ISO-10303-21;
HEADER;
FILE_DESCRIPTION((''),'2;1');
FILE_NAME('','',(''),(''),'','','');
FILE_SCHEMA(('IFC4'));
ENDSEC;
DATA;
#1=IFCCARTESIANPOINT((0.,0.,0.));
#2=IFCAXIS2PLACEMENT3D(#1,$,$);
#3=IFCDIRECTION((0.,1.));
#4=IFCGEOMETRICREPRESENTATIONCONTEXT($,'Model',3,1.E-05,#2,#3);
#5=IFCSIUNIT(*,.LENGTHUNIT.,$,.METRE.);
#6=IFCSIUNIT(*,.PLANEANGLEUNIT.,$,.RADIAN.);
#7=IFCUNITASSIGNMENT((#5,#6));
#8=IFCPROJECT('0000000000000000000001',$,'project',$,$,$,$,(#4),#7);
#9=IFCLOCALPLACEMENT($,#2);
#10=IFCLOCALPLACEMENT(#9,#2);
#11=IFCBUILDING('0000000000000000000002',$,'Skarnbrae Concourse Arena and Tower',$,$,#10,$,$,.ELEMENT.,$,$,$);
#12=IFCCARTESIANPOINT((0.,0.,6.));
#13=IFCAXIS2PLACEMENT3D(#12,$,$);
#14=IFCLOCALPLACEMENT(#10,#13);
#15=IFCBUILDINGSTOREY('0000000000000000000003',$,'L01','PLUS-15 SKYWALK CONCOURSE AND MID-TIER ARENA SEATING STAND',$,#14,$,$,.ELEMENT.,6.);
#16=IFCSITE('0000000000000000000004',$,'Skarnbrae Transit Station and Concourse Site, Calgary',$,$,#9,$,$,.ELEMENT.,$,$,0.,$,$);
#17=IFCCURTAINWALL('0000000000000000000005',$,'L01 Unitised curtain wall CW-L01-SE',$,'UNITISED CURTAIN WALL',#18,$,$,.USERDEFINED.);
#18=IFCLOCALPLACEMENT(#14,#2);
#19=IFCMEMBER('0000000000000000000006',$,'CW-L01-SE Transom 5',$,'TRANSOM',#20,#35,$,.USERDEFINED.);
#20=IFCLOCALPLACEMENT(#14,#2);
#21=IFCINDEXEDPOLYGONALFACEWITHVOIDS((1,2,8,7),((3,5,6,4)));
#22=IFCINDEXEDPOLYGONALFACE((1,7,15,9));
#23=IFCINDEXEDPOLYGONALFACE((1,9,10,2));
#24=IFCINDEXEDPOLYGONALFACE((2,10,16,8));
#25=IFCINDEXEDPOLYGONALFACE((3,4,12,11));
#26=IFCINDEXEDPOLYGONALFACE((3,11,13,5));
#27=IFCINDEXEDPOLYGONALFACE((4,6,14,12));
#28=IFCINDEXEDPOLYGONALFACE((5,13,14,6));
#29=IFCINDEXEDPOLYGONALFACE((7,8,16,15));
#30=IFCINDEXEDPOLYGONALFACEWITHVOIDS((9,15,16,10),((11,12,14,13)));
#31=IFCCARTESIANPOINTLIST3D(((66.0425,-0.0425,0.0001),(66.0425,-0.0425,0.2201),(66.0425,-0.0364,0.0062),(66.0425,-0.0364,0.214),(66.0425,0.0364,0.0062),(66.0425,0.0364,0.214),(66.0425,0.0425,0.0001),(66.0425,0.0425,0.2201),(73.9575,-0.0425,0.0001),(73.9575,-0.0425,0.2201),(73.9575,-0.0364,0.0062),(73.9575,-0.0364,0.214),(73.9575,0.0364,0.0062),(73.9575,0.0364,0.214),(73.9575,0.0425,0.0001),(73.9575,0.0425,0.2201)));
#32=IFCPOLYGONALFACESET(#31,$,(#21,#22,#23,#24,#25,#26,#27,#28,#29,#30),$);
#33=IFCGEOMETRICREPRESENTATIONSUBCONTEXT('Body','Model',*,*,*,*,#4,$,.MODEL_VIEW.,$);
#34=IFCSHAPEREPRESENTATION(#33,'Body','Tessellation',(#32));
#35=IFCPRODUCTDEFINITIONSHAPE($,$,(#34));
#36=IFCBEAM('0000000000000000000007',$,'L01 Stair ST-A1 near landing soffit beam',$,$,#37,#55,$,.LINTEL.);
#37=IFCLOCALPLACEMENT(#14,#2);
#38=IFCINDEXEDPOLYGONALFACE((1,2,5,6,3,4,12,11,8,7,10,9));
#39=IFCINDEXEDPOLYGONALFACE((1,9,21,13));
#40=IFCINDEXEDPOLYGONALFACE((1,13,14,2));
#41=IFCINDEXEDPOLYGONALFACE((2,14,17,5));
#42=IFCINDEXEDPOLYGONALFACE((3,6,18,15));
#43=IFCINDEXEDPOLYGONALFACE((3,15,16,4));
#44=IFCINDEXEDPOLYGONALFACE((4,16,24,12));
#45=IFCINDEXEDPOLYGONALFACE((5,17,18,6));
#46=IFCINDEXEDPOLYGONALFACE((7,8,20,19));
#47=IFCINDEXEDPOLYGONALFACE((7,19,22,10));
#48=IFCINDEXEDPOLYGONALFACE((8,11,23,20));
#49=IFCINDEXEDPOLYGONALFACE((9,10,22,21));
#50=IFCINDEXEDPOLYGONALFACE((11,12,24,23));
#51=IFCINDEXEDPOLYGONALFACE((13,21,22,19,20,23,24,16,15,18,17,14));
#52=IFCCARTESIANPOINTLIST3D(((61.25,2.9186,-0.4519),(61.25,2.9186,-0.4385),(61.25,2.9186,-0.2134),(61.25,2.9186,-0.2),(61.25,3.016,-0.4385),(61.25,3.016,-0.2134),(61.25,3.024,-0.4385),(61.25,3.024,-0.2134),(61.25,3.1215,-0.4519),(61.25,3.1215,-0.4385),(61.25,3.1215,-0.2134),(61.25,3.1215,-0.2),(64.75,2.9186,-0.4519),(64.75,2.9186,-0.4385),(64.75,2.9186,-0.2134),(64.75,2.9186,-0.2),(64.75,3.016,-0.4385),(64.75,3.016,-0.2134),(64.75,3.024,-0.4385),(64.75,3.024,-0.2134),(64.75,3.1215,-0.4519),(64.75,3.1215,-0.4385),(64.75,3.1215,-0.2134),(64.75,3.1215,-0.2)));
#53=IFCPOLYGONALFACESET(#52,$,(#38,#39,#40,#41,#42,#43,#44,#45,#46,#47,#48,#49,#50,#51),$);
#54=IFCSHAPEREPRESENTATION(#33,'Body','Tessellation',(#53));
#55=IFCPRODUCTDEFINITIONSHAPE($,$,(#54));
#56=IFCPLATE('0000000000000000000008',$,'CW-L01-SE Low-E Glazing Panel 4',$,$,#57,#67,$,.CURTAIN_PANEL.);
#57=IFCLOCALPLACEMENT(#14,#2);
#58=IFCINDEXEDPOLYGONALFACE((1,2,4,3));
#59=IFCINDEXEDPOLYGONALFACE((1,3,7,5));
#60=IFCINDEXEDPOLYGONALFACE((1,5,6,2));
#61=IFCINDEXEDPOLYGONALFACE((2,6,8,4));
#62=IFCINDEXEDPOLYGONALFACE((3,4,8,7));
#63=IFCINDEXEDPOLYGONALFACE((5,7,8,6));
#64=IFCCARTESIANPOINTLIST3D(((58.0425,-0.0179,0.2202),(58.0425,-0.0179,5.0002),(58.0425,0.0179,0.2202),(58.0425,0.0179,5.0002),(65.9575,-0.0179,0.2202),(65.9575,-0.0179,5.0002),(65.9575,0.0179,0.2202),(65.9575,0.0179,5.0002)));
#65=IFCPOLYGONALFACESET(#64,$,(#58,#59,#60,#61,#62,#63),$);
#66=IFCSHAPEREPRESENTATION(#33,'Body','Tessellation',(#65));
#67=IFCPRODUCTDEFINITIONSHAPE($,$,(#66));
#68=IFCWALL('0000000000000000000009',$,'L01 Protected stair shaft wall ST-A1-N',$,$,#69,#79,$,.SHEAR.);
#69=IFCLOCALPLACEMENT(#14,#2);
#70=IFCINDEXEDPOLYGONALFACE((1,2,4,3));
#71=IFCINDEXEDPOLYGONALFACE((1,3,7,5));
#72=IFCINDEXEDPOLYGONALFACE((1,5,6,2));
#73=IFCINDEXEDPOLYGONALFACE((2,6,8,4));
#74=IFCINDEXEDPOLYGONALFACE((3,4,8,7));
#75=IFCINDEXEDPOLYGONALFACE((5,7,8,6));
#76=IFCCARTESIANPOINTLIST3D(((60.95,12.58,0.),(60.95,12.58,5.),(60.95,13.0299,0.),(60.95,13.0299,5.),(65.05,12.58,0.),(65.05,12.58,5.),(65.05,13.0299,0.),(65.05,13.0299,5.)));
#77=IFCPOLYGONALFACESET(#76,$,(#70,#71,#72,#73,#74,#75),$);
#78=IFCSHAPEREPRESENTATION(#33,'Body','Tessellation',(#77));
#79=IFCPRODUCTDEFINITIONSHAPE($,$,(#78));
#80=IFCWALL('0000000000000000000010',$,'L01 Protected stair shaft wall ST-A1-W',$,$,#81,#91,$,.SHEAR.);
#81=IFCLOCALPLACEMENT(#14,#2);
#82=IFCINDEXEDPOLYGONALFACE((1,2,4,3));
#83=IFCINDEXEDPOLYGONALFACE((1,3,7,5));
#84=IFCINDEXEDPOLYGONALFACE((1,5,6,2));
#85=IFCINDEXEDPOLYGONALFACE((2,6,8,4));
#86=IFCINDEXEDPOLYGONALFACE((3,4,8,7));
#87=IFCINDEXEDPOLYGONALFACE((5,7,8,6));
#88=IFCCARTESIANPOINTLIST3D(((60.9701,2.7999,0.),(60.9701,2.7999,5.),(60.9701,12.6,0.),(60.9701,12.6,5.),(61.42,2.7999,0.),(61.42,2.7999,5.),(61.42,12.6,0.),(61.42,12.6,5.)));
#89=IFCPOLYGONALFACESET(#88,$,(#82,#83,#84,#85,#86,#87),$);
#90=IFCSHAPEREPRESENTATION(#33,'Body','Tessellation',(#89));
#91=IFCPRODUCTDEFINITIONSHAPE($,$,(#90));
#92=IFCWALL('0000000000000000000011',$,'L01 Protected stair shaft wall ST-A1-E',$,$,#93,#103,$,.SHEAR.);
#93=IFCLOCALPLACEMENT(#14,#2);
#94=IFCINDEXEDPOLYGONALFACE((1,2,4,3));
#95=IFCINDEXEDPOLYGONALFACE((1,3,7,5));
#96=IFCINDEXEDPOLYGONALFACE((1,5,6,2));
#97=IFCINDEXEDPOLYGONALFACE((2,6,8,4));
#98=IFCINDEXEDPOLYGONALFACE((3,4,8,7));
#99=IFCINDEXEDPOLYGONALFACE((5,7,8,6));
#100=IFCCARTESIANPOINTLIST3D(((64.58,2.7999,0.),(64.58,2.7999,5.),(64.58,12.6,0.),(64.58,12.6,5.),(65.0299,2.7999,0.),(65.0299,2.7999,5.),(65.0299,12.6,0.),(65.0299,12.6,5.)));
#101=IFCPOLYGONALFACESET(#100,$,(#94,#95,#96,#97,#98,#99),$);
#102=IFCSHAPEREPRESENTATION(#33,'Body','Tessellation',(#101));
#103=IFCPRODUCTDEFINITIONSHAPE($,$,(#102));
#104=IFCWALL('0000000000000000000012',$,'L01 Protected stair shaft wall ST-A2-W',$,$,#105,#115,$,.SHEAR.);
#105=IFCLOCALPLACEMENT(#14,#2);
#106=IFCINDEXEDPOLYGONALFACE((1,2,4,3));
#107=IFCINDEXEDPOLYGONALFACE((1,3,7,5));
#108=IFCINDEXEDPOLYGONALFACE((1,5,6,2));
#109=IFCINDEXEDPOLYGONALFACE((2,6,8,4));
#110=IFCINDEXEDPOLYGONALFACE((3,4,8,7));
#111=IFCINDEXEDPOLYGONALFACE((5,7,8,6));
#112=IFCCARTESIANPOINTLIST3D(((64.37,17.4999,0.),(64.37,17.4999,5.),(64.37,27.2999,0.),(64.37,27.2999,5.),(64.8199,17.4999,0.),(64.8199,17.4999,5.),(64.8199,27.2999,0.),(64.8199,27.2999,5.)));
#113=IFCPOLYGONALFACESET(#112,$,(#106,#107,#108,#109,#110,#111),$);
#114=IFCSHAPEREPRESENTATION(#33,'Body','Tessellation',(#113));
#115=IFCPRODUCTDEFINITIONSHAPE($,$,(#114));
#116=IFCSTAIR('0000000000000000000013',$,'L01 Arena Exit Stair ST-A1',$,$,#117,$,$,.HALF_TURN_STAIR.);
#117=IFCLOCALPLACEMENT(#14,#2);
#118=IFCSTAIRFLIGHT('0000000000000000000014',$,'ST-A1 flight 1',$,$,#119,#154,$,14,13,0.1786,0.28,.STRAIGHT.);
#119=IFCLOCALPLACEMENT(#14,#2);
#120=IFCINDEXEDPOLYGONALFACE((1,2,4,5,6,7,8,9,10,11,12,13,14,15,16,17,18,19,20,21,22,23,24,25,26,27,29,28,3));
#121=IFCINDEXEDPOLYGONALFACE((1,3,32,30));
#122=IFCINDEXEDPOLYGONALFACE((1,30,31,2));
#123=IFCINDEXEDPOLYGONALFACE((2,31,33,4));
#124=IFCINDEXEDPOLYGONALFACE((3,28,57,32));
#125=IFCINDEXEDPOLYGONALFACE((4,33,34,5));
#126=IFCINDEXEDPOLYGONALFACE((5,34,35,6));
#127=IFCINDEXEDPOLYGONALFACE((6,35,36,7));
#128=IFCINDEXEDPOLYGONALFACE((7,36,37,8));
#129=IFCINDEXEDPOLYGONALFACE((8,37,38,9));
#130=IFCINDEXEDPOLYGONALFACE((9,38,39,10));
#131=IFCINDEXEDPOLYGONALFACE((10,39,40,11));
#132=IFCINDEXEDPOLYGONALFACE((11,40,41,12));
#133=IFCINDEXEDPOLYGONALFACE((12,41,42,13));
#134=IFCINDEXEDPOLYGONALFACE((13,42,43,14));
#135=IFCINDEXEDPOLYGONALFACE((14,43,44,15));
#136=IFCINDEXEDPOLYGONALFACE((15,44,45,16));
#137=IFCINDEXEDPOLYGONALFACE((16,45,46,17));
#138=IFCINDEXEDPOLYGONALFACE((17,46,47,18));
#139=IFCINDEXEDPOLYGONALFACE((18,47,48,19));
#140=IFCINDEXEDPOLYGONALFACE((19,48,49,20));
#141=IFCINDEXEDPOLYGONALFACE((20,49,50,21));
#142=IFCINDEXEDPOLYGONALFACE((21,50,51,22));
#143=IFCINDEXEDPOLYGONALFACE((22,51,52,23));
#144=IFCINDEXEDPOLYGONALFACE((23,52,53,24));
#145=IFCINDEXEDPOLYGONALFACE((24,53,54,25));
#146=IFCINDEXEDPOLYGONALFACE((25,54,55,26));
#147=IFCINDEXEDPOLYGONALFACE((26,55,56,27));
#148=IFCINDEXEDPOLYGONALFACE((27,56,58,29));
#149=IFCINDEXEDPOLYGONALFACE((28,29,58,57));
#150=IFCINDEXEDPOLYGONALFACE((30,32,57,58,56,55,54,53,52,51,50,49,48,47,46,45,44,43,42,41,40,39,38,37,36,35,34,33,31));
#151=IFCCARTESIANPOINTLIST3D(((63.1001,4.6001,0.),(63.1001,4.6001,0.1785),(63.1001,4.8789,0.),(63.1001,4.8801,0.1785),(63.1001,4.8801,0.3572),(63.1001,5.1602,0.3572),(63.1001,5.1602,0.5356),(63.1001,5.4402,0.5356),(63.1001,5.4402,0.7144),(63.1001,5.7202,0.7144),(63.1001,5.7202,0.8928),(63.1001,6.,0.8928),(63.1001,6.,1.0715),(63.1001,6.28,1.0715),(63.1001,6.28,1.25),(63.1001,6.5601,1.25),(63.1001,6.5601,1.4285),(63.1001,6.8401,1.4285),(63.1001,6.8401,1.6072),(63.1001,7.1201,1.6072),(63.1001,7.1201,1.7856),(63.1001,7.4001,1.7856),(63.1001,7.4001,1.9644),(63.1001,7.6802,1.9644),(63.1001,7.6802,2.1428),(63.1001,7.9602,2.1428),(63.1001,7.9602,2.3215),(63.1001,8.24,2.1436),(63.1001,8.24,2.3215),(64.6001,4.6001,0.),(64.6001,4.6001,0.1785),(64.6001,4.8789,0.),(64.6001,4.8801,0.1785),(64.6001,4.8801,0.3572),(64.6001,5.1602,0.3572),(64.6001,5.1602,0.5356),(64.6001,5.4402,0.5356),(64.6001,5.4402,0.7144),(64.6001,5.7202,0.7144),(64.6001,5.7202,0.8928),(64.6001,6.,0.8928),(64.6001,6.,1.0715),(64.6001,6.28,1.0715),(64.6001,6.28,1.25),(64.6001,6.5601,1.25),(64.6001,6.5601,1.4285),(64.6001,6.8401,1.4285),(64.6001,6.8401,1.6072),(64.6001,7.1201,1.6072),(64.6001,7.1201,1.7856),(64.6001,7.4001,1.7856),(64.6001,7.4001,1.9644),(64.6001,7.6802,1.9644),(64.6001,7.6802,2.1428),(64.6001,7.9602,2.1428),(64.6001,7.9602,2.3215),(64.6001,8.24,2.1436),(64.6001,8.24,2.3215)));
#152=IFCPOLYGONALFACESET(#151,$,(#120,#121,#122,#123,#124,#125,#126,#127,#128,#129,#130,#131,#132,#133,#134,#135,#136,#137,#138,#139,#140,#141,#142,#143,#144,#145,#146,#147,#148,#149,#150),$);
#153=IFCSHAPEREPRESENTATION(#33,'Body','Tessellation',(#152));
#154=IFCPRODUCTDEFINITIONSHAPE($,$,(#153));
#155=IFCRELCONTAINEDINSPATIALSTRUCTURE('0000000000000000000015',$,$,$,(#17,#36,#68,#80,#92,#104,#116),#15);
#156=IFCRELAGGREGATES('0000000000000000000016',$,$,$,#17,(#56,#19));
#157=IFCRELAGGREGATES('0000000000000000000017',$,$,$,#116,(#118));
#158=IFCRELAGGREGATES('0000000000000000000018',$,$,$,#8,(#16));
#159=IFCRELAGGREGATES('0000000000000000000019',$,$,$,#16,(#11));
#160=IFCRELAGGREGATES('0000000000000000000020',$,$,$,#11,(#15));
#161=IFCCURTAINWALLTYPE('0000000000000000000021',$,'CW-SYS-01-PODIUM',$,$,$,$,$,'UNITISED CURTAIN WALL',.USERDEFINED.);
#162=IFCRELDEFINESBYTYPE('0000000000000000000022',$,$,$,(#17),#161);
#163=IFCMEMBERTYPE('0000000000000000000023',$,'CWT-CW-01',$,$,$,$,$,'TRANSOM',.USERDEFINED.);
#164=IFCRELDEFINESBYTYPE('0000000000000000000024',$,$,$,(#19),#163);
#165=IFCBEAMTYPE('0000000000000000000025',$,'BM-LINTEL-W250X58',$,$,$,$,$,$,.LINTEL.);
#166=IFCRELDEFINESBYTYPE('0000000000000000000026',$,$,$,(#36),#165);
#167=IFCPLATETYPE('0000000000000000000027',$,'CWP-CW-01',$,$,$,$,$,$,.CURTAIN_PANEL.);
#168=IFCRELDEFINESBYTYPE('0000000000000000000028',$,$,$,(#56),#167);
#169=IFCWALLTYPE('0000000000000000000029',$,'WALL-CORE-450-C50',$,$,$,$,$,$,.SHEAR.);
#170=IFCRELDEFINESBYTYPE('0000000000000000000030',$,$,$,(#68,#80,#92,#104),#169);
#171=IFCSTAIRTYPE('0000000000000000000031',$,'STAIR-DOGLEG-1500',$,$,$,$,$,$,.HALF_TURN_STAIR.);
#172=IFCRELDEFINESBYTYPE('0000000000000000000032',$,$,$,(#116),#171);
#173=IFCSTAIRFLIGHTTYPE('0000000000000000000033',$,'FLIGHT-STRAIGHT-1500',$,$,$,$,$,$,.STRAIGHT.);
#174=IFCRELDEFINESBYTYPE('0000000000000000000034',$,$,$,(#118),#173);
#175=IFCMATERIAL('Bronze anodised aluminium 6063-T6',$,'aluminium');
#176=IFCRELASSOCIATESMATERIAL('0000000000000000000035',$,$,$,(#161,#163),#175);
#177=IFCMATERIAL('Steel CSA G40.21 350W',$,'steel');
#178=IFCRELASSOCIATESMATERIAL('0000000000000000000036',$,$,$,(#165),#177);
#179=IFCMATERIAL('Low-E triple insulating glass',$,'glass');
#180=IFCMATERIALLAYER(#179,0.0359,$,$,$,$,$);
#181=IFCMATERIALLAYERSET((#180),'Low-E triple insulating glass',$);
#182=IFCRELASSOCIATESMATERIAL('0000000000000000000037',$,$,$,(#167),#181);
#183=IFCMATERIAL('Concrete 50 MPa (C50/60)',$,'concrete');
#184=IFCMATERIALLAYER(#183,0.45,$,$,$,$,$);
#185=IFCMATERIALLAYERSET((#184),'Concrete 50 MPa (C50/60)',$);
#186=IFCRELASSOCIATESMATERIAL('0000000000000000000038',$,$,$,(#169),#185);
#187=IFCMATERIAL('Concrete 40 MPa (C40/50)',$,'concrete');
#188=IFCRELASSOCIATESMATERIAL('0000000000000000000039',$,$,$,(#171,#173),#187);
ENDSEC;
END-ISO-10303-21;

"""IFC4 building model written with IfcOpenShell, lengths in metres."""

from ifc_helpers import new_model, si_unit, direction, frame, frame_2d, origin, origin_2d, place, context, subcontext, project, spatial, polyline, rectangle, hollow_rectangle, i_section, outline, extrude, source, transform, mapped, material, layer, layer_set, material_profile, profile_set, type_object, element, aggregate, save


model = new_model("IFC4")

# Units and contexts
model_context = context("Model", 3, precision=1e-05, world=origin(), true_north=direction((0.0, 1.0)))
body_context = subcontext(model_context, "Body", "Model", "MODEL_VIEW")
ifc_project = project(units=[si_unit("LENGTHUNIT", "METRE"), si_unit("PLANEANGLEUNIT", "RADIAN")], contexts=[model_context])

# Site, building, storey
site_placement = place(None, origin())
site = spatial("IfcSite", under=ifc_project, at=site_placement, Name="Skarnbrae Transit Station and Concourse Site, Calgary", CompositionType="ELEMENT", RefElevation=0.0)
building_placement = place(site_placement, origin())
building = spatial("IfcBuilding", under=site, at=building_placement, Name="Skarnbrae Concourse Arena and Tower", CompositionType="ELEMENT")
storey_placement = place(building_placement, frame((0.0, 0.0, 6.0)))
storey = spatial("IfcBuildingStorey", under=building, at=storey_placement, Name="L01", Description="PLUS-15 SKYWALK CONCOURSE AND MID-TIER ARENA SEATING STAND", CompositionType="ELEMENT", Elevation=6.0)

# Shared definitions
ifc_material_1 = material(Name="Steel CSA G40.21 350W", Category="steel")

# Curtain wall, member
ifc_material_2 = material(Name="Bronze anodised aluminium 6063-T6", Category="aluminium")
curtain_wall_type = type_object("IfcCurtainWallType", Name="CW-SYS-01-PODIUM", ElementType="UNITISED CURTAIN WALL", PredefinedType="USERDEFINED", material=ifc_material_2)
curtain_wall_placement = place(storey_placement, origin())
curtain_wall = element("IfcCurtainWall", 1, at=curtain_wall_placement, inside=storey, type_object=curtain_wall_type, Name="L01 Unitised curtain wall CW-L01-SE", ObjectType="UNITISED CURTAIN WALL", PredefinedType="USERDEFINED")
ifc_material_profile_1 = material_profile(ifc_material_2, hollow_rectangle(XDim=0.085, YDim=0.22, WallThickness=0.0061, at=origin_2d()), Name="ALU-TRAN-85X220")
ifc_profile_set_1 = profile_set([ifc_material_profile_1], Name="Bronze anodised aluminium 6063-T6")
member_type_1 = type_object("IfcMemberType", Name="CWT-CW-01", ElementType="TRANSOM", PredefinedType="USERDEFINED", material=ifc_profile_set_1)
shared_shape_1 = source(origin(), body_context, "Body", "SweptSolid", [
    extrude(hollow_rectangle(XDim=0.085, YDim=0.22, WallThickness=0.0061, at=origin_2d()), origin(), (0.0, 0.0, 1.0), 7.915),
])
member_1_placement = place(storey_placement, frame((66.0425, 0.0, 0.1101), z_axis=(1.0, 0.0, 0.0), x_axis=(0.0, 1.0, 0.0)))
member_1 = element("IfcMember", 2, at=member_1_placement, type_object=member_type_1, Name="CW-L01-SE Transom 5", ObjectType="TRANSOM", PredefinedType="USERDEFINED", context=body_context, shape_type="MappedRepresentation", body=[
    mapped(shared_shape_1, transform((0.0, 0.0, 0.0))),
])

# Beam
ifc_material_profile_2 = material_profile(ifc_material_1, i_section(OverallWidth=0.2029, OverallDepth=0.252, WebThickness=0.0081, FlangeThickness=0.0134, at=origin_2d()), Name="W250X58")
ifc_profile_set_2 = profile_set([ifc_material_profile_2], Name="Steel CSA G40.21 350W")
beam_type_1 = type_object("IfcBeamType", Name="BM-LINTEL-W250X58", PredefinedType="LINTEL", material=ifc_profile_set_2)
shared_shape_2 = source(origin(), body_context, "Body", "SweptSolid", [
    extrude(i_section(OverallWidth=0.2029, OverallDepth=0.252, WebThickness=0.0081, FlangeThickness=0.0134, at=origin_2d()), origin(), (0.0, 0.0, 1.0), 3.5),
])
beam_1_placement = place(storey_placement, frame((64.75, 3.02, -0.3259), z_axis=(-1.0, 0.0, 0.0), x_axis=(0.0, -1.0, 0.0)))
element("IfcBeam", 3, at=beam_1_placement, inside=storey, type_object=beam_type_1, Name="L01 Stair ST-A1 near landing soffit beam", PredefinedType="LINTEL", context=body_context, shape_type="MappedRepresentation", body=[
    mapped(shared_shape_2, transform((0.0, 0.0, 0.0))),
])

# Plate
ifc_material_3 = material(Name="Low-E triple insulating glass", Category="glass")
ifc_layer_1 = layer(ifc_material_3, 0.0359)
ifc_layer_set_1 = layer_set([ifc_layer_1], Name="Low-E triple insulating glass")
plate_type = type_object("IfcPlateType", Name="CWP-CW-01", PredefinedType="CURTAIN_PANEL", material=ifc_layer_set_1)
shared_shape_3 = source(origin(), body_context, "Body", "SweptSolid", [
    extrude(rectangle(XDim=7.915, YDim=0.0359, at=origin_2d()), origin(), (0.0, 0.0, 1.0), 4.78),
])
plate_placement = place(storey_placement, frame((62.0, 0.0, 0.2202), z_axis=(0.0, 0.0, 1.0), x_axis=(1.0, 0.0, 0.0)))
plate = element("IfcPlate", 4, at=plate_placement, type_object=plate_type, Name="CW-L01-SE Low-E Glazing Panel 4", PredefinedType="CURTAIN_PANEL", context=body_context, shape_type="MappedRepresentation", body=[
    mapped(shared_shape_3, transform((0.0, 0.0, 0.0))),
])
aggregate(curtain_wall, [plate, member_1])

# Shared definitions
ifc_material_4 = material(Name="Concrete 50 MPa (C50/60)", Category="concrete")
ifc_layer_2 = layer(ifc_material_4, 0.45)
ifc_layer_set_2 = layer_set([ifc_layer_2], Name="Concrete 50 MPa (C50/60)")
wall_type = type_object("IfcWallType", Name="WALL-CORE-450-C50", PredefinedType="SHEAR", material=ifc_layer_set_2)
shared_shape_4 = source(origin(), body_context, "Body", "SweptSolid", [
    extrude(rectangle(XDim=4.1001, YDim=0.45, at=frame_2d((2.05, 0.0))), origin(), (0.0, 0.0, 1.0), 5.0),
])

# Walls
wall_1_placement = place(storey_placement, frame((60.95, 12.8049, 0.0), z_axis=(0.0, 0.0, 1.0), x_axis=(1.0, 0.0, 0.0)))
element("IfcWall", 5, at=wall_1_placement, inside=storey, type_object=wall_type, Name="L01 Protected stair shaft wall ST-A1-N", PredefinedType="SHEAR", context=body_context, shape_type="MappedRepresentation", body=[
    mapped(shared_shape_4, transform((0.0, 0.0, 0.0))),
])
shared_shape_5 = source(origin(), body_context, "Body", "SweptSolid", [
    extrude(rectangle(XDim=9.8, YDim=0.45, at=frame_2d((4.8999, 0.0))), origin(), (0.0, 0.0, 1.0), 5.0),
])
for number, where, z_axis, x_axis, name in (
    (6, (61.1951, 2.8, 0.0), (0.0, 0.0, 1.0), (0.0, 1.0, 0.0), "L01 Protected stair shaft wall ST-A1-W"),
    (7, (64.8049, 2.8, 0.0), (0.0, 0.0, 1.0), (0.0, 1.0, 0.0), "L01 Protected stair shaft wall ST-A1-E"),
    (8, (64.595, 17.5, 0.0), (0.0, 0.0, 1.0), (0.0, 1.0, 0.0), "L01 Protected stair shaft wall ST-A2-W"),
):
    element("IfcWall", number, at=place(storey_placement, frame(where, z_axis=z_axis, x_axis=x_axis)), inside=storey, type_object=wall_type, Name=name, PredefinedType="SHEAR", context=body_context, shape_type="MappedRepresentation", body=[
        mapped(shared_shape_5, transform((0.0, 0.0, 0.0))),
    ])

# Stair, stair flight
ifc_material_5 = material(Name="Concrete 40 MPa (C40/50)", Category="concrete")
stair_type = type_object("IfcStairType", Name="STAIR-DOGLEG-1500", PredefinedType="HALF_TURN_STAIR", material=ifc_material_5)
stair_1_placement = place(storey_placement, origin())
stair_1 = element("IfcStair", 9, at=stair_1_placement, inside=storey, type_object=stair_type, Name="L01 Arena Exit Stair ST-A1", PredefinedType="HALF_TURN_STAIR")
stair_flight_type = type_object("IfcStairFlightType", Name="FLIGHT-STRAIGHT-1500", PredefinedType="STRAIGHT", material=ifc_material_5)
shared_shape_6 = source(origin(), body_context, "Body", "SweptSolid", [
    extrude(outline(polyline([(0.0, 0.0), (0.0, 0.1785), (0.28, 0.1785), (0.28, 0.3572), (0.5601, 0.3572), (0.5601, 0.5356), (0.8401, 0.5356), (0.8401, 0.7144), (1.1201, 0.7144), (1.1201, 0.8928), (1.3999, 0.8928), (1.3999, 1.0715), (1.6799, 1.0715), (1.6799, 1.25), (1.96, 1.25), (1.96, 1.4285), (2.24, 1.4285), (2.24, 1.6072), (2.52, 1.6072), (2.52, 1.7856), (2.8, 1.7856), (2.8, 1.9644), (3.0801, 1.9644), (3.0801, 2.1428), (3.3601, 2.1428), (3.3601, 2.3215), (3.6399, 2.3215), (3.6399, 2.5), (3.6399, 2.1436), (0.2788, 0.0), (0.0, 0.0)])), frame((0.0, 0.75, 0.0), z_axis=(0.0, -1.0, 0.0), x_axis=(1.0, 0.0, 0.0)), (0.0, 0.0, 1.0), 1.5),
])
stair_flight_1_placement = place(storey_placement, frame((63.8501, 4.6001, 0.0), z_axis=(0.0, 0.0, 1.0), x_axis=(0.0, 1.0, 0.0)))
stair_flight_1 = element("IfcStairFlight", 10, at=stair_flight_1_placement, type_object=stair_flight_type, Name="ST-A1 flight 1", NumberOfRisers=14, NumberOfTreads=13, PredefinedType="STRAIGHT", RiserHeight=0.1786, TreadLength=0.28, context=body_context, shape_type="MappedRepresentation", body=[
    mapped(shared_shape_6, transform((0.0, 0.0, 0.0))),
])
aggregate(stair_1, [stair_flight_1])

save(model, "model.ifc")
